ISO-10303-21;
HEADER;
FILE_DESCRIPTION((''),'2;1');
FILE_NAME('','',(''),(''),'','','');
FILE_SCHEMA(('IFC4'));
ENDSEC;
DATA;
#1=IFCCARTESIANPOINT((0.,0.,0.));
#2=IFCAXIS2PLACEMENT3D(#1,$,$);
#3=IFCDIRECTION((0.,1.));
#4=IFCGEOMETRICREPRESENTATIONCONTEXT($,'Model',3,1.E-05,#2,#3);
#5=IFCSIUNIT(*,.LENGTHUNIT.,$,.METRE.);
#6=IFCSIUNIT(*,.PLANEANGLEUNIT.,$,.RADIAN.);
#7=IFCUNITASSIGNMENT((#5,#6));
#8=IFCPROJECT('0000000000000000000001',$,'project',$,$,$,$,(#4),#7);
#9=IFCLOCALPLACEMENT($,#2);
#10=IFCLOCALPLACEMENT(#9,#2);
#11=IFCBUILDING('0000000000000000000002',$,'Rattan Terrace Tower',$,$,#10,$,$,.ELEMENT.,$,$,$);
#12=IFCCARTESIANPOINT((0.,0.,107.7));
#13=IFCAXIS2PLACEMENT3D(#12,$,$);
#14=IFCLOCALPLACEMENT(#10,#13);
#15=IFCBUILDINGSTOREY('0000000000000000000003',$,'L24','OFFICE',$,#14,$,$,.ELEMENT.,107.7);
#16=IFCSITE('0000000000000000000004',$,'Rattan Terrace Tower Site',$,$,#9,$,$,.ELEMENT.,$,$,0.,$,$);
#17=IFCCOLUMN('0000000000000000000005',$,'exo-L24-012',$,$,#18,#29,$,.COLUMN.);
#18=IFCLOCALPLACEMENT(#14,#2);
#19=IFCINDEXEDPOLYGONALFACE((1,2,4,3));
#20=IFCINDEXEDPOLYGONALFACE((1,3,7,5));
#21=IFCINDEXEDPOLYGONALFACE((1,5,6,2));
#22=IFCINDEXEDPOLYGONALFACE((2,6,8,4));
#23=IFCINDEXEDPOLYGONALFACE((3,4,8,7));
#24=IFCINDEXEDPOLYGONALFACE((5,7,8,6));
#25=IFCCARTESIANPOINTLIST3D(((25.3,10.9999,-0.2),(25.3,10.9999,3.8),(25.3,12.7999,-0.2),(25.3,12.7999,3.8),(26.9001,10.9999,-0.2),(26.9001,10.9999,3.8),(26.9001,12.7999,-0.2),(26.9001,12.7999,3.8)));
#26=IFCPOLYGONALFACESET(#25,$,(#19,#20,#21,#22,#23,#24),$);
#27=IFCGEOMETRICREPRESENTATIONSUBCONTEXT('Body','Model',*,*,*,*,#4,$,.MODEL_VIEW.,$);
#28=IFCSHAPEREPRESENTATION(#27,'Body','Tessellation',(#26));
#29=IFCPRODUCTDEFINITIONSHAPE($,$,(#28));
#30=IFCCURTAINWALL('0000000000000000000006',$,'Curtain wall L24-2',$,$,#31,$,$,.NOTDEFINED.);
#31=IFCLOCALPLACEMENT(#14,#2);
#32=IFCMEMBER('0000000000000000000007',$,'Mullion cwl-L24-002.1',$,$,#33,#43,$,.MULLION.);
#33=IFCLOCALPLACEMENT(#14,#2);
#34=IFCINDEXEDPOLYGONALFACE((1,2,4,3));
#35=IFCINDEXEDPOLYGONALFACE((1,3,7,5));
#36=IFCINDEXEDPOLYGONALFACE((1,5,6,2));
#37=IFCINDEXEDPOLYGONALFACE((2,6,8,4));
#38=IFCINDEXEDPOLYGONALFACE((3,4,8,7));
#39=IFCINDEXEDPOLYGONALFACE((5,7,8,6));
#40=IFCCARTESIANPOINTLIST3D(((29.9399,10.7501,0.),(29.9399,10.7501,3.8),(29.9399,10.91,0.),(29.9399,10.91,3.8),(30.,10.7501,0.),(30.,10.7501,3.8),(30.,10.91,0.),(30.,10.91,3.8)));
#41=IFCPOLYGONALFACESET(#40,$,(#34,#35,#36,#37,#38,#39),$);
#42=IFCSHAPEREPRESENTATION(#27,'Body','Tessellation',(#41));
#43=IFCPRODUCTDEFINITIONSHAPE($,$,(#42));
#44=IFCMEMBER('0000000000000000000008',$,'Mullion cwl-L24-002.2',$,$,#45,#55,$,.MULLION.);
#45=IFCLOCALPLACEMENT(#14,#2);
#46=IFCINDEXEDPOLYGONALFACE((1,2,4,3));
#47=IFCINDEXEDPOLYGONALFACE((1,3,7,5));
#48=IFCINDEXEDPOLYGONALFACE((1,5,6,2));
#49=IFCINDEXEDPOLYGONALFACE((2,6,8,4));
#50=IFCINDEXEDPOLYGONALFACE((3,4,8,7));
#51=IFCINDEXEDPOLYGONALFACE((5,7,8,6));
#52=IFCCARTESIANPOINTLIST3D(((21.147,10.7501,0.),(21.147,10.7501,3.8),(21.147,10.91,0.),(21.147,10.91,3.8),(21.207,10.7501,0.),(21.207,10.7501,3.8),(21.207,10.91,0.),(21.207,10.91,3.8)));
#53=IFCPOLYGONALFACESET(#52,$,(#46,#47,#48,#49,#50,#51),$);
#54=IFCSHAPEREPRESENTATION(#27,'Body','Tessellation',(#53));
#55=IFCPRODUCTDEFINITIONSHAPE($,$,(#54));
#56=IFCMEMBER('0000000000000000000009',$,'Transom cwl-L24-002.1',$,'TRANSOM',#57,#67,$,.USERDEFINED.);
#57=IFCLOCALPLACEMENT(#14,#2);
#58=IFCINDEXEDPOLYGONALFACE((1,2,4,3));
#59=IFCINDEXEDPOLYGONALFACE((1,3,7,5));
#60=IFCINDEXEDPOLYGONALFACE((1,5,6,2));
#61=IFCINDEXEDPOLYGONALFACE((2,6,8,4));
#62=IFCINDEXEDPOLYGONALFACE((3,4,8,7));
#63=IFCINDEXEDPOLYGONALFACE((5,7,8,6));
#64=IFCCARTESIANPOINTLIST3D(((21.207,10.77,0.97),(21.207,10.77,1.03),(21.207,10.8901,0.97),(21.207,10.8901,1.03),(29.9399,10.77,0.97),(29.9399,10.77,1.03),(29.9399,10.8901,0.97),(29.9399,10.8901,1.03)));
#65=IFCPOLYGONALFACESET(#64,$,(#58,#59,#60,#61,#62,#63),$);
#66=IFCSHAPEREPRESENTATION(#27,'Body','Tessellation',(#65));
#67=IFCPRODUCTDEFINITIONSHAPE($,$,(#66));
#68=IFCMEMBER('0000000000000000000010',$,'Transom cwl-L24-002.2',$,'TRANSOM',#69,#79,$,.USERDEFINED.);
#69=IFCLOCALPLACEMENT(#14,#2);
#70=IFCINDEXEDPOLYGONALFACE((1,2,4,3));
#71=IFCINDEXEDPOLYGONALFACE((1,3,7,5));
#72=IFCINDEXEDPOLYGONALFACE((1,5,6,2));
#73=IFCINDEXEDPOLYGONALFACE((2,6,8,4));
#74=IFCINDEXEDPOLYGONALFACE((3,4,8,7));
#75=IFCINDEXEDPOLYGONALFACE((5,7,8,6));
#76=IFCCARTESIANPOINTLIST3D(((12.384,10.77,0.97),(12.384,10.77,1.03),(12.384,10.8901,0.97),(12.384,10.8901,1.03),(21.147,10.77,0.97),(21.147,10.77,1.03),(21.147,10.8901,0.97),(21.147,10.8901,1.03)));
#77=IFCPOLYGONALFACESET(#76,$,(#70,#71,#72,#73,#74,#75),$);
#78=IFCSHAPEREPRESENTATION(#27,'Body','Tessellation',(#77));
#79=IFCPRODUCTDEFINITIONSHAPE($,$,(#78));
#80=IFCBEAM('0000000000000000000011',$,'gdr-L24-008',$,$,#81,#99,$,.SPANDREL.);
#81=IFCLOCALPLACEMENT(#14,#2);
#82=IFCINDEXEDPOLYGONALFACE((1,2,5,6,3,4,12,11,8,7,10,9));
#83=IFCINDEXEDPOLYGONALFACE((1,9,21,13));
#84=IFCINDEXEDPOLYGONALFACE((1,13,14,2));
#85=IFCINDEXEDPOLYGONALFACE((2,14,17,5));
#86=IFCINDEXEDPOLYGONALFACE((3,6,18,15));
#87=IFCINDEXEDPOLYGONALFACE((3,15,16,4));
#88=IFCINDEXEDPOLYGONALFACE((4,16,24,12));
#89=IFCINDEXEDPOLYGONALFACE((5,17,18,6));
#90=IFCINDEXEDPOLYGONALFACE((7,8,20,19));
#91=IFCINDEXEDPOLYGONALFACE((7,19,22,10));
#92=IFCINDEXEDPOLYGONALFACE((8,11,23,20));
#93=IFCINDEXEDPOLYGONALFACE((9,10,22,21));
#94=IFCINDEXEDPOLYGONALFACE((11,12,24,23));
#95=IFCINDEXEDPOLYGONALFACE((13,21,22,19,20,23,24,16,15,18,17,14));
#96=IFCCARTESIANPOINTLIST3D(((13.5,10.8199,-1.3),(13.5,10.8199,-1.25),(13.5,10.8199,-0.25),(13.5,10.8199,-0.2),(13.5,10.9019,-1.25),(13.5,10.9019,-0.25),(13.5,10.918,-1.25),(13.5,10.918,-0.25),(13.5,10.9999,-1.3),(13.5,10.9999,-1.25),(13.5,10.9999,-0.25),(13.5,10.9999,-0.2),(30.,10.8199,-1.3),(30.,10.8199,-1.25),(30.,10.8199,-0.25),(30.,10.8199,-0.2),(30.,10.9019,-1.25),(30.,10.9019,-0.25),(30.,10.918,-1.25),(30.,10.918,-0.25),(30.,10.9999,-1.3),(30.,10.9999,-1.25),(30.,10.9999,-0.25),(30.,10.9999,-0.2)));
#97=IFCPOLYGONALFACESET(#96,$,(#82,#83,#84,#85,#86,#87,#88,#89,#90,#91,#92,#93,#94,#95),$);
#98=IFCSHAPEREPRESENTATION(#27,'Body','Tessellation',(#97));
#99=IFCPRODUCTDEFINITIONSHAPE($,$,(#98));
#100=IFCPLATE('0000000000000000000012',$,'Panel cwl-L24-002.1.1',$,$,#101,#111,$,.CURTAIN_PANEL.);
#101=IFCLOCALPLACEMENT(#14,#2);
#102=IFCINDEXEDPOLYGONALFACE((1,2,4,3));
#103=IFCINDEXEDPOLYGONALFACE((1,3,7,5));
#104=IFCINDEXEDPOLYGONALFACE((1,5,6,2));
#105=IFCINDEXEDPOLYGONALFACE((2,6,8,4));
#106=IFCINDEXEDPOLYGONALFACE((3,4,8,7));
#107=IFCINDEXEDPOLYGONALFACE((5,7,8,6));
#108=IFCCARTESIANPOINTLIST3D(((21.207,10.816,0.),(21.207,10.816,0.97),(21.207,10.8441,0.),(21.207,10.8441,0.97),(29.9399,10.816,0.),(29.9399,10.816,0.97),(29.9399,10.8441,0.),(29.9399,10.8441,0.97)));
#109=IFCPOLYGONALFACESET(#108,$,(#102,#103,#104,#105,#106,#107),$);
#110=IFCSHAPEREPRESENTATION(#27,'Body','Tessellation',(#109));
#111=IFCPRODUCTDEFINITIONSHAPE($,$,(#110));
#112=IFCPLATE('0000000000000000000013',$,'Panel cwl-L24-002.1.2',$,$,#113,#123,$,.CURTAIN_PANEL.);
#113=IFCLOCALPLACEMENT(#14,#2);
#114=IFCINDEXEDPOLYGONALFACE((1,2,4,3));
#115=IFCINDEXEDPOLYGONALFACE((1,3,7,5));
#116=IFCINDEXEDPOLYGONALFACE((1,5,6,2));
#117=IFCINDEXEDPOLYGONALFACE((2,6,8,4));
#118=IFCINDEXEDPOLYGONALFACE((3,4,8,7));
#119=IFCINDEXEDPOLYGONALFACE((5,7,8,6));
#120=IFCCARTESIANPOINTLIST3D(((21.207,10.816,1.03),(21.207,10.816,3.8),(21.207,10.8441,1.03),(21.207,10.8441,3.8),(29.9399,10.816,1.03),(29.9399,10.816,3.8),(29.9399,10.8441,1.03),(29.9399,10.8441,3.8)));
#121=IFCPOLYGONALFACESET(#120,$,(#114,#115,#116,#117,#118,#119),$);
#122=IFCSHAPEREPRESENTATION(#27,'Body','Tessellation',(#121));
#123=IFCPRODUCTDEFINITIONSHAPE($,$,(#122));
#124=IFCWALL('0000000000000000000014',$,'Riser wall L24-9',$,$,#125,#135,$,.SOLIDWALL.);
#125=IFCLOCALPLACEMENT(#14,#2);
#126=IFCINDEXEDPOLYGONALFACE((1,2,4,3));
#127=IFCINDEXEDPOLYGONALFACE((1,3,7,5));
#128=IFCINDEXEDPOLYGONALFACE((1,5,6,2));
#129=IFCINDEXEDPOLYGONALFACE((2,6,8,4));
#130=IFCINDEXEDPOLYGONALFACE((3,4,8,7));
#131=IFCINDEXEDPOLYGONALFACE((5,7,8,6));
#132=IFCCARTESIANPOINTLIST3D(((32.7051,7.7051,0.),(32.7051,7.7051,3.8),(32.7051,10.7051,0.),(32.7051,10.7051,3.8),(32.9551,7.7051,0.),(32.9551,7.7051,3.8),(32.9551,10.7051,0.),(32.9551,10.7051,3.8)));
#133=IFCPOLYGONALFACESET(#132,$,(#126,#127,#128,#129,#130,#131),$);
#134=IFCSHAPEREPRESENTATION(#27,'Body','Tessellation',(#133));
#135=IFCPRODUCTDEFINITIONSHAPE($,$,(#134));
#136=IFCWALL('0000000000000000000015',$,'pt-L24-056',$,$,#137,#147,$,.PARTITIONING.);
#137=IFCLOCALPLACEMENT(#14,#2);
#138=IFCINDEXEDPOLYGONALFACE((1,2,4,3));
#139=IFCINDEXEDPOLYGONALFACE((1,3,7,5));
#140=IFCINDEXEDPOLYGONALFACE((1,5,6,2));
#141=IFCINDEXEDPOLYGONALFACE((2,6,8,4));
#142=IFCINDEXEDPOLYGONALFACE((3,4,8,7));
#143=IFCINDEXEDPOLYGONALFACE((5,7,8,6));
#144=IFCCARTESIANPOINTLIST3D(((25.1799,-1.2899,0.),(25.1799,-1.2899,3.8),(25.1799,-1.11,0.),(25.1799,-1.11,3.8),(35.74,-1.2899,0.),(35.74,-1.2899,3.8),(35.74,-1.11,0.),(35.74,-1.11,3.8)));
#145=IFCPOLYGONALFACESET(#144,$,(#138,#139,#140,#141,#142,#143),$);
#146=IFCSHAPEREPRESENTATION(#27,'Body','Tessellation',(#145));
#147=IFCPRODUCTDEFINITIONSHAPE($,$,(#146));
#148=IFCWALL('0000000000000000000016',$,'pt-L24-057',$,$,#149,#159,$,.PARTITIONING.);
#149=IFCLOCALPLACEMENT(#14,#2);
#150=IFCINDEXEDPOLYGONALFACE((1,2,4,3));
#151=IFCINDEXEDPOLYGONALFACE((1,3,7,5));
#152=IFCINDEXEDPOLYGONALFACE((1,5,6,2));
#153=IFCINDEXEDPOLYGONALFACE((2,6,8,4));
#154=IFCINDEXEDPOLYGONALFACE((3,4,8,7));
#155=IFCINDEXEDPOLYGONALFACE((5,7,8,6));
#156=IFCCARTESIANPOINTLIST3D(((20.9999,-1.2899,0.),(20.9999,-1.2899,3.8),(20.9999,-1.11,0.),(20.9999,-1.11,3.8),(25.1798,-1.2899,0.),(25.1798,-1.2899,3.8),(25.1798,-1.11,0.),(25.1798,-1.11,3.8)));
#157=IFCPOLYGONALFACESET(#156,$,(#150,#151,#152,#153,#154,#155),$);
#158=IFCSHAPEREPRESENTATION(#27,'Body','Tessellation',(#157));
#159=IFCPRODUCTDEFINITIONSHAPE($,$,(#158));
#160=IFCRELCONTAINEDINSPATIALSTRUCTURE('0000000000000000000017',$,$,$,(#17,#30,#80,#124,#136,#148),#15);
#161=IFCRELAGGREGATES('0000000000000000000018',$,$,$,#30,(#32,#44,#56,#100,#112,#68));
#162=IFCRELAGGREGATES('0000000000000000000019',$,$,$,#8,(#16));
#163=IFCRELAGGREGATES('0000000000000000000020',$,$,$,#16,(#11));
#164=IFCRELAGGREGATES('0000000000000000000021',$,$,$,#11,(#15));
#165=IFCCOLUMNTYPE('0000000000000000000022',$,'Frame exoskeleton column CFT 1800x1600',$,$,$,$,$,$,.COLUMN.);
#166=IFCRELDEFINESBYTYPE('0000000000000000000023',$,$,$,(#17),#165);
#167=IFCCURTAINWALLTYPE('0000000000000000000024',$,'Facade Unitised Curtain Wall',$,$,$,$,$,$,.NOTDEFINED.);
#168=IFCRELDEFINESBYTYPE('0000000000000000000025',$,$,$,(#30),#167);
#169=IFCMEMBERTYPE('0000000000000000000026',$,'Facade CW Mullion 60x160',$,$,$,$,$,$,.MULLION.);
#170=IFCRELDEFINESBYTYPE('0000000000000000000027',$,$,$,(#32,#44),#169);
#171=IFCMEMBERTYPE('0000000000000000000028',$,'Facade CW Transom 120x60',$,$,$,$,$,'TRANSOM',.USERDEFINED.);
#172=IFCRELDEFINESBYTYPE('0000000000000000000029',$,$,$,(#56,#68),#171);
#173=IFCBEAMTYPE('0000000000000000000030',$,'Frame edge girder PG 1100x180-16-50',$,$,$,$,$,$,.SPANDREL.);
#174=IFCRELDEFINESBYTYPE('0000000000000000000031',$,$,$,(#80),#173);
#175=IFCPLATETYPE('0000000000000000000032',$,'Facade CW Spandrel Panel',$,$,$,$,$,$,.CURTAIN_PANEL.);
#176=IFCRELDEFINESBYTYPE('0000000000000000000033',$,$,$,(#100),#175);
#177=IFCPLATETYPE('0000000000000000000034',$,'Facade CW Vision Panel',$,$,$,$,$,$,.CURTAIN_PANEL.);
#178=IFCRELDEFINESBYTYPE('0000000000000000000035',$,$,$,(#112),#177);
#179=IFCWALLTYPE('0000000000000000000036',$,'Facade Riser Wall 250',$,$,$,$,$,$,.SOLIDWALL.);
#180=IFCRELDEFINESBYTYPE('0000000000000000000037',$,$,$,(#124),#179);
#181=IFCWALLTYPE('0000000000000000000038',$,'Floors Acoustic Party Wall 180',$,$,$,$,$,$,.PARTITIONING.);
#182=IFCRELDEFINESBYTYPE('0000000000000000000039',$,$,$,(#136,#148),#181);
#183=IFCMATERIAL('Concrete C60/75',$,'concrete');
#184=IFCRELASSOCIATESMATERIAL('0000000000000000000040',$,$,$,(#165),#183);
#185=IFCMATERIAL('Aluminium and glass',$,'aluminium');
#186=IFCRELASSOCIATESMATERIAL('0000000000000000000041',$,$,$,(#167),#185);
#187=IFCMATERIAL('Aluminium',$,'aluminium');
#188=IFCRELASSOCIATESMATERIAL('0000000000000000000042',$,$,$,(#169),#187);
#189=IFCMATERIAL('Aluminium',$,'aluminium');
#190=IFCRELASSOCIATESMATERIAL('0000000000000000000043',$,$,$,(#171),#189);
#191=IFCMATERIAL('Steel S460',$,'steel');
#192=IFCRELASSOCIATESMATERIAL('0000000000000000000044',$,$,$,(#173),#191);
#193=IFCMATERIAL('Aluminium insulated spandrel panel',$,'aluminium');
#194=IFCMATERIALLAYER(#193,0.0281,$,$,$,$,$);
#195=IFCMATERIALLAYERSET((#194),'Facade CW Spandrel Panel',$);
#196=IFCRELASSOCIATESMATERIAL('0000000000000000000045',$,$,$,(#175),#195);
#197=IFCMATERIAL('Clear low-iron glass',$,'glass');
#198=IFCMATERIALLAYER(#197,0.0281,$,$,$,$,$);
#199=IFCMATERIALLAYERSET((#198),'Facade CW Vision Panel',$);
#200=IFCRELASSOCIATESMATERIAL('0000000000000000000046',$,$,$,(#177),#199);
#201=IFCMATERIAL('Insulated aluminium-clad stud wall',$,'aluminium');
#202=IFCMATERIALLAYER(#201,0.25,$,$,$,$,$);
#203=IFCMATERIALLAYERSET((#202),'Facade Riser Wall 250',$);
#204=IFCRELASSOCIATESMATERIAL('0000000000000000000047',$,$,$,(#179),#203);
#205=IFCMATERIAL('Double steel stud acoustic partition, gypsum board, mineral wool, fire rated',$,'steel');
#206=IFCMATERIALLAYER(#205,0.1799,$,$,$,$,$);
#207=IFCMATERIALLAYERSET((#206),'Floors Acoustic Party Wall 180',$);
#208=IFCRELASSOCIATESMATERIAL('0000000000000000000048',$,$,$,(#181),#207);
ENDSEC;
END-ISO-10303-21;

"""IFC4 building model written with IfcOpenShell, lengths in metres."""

from ifc_helpers import new_model, si_unit, direction, frame, frame_2d, origin, origin_2d, place, context, subcontext, project, spatial, rectangle, i_section, extrude, material, layer, layer_set, material_profile, profile_set, type_object, element, aggregate, save


model = new_model("IFC4")

# Units and contexts
model_context = context("Model", 3, precision=1e-05, world=origin(), true_north=direction((0.0, 1.0)))
body_context = subcontext(model_context, "Body", "Model", "MODEL_VIEW")
ifc_project = project(units=[si_unit("LENGTHUNIT", "METRE"), si_unit("PLANEANGLEUNIT", "RADIAN")], contexts=[model_context])

# Site, building, storey
site_placement = place(None, origin())
site = spatial("IfcSite", under=ifc_project, at=site_placement, Name="Rattan Terrace Tower Site", CompositionType="ELEMENT", RefElevation=0.0)
building_placement = place(site_placement, origin())
building = spatial("IfcBuilding", under=site, at=building_placement, Name="Rattan Terrace Tower", CompositionType="ELEMENT")
storey_placement = place(building_placement, frame((0.0, 0.0, 107.7)))
storey = spatial("IfcBuildingStorey", under=building, at=storey_placement, Name="L24", Description="OFFICE", CompositionType="ELEMENT", Elevation=107.7)

# Column
ifc_material_1 = material(Name="Concrete C60/75", Category="concrete")
ifc_material_profile_1 = material_profile(ifc_material_1, rectangle(XDim=1.6001, YDim=1.8, at=origin_2d()), Name="CFT 1800x1600")
ifc_profile_set_1 = profile_set([ifc_material_profile_1], Name="Concrete C60/75")
column_type = type_object("IfcColumnType", Name="Frame exoskeleton column CFT 1800x1600", PredefinedType="COLUMN", material=ifc_profile_set_1)
column_placement = place(storey_placement, frame((26.1001, 11.8999, -0.2), z_axis=(0.0, 0.0, 1.0), x_axis=(1.0, 0.0, 0.0)))
element("IfcColumn", 1, at=column_placement, inside=storey, type_object=column_type, Name="exo-L24-012", PredefinedType="COLUMN", context=body_context, shape_type="SweptSolid", body=[
    extrude(rectangle(XDim=1.6001, YDim=1.8, at=origin_2d()), origin(), (0.0, 0.0, 1.0), 4.0),
])

# Curtain wall, members
ifc_material_2 = material(Name="Aluminium and glass", Category="aluminium")
curtain_wall_type = type_object("IfcCurtainWallType", Name="Facade Unitised Curtain Wall", PredefinedType="NOTDEFINED", material=ifc_material_2)
curtain_wall_placement = place(storey_placement, origin())
curtain_wall = element("IfcCurtainWall", 2, at=curtain_wall_placement, inside=storey, type_object=curtain_wall_type, Name="Curtain wall L24-2", PredefinedType="NOTDEFINED")
ifc_material_3 = material(Name="Aluminium", Category="aluminium")
ifc_material_profile_2 = material_profile(ifc_material_3, rectangle(XDim=0.0601, YDim=0.1599, at=origin_2d()), Name="Aluminium 60x160")
ifc_profile_set_2 = profile_set([ifc_material_profile_2], Name="Aluminium")
member_type_1 = type_object("IfcMemberType", Name="Facade CW Mullion 60x160", PredefinedType="MULLION", material=ifc_profile_set_2)
member_1_placement = place(storey_placement, frame((29.97, 10.8301, 0.0), z_axis=(0.0, 0.0, 1.0), x_axis=(-1.0, 0.0, 0.0)))
member_1 = element("IfcMember", 3, at=member_1_placement, type_object=member_type_1, Name="Mullion cwl-L24-002.1", PredefinedType="MULLION", context=body_context, shape_type="SweptSolid", body=[
    extrude(rectangle(XDim=0.0601, YDim=0.1599, at=origin_2d()), origin(), (0.0, 0.0, 1.0), 3.8),
])
member_2_placement = place(storey_placement, frame((21.177, 10.8301, 0.0), z_axis=(0.0, 0.0, 1.0), x_axis=(-1.0, 0.0, 0.0)))
member_2 = element("IfcMember", 4, at=member_2_placement, type_object=member_type_1, Name="Mullion cwl-L24-002.2", PredefinedType="MULLION", context=body_context, shape_type="SweptSolid", body=[
    extrude(rectangle(XDim=0.0601, YDim=0.1599, at=origin_2d()), origin(), (0.0, 0.0, 1.0), 3.8),
])
ifc_material_4 = material(Name="Aluminium", Category="aluminium")
ifc_material_profile_3 = material_profile(ifc_material_4, rectangle(XDim=0.1201, YDim=0.0601, at=origin_2d()), Name="Aluminium 120x60")
ifc_profile_set_3 = profile_set([ifc_material_profile_3], Name="Aluminium")
member_type_2 = type_object("IfcMemberType", Name="Facade CW Transom 120x60", ElementType="TRANSOM", PredefinedType="USERDEFINED", material=ifc_profile_set_3)
member_3_placement = place(storey_placement, frame((29.9399, 10.8301, 1.0), z_axis=(-1.0, 0.0, 0.0), x_axis=(0.0, -1.0, 0.0)))
member_3 = element("IfcMember", 5, at=member_3_placement, type_object=member_type_2, Name="Transom cwl-L24-002.1", ObjectType="TRANSOM", PredefinedType="USERDEFINED", context=body_context, shape_type="SweptSolid", body=[
    extrude(rectangle(XDim=0.1201, YDim=0.0601, at=origin_2d()), origin(), (0.0, 0.0, 1.0), 8.7329),
])
member_4_placement = place(storey_placement, frame((21.147, 10.8301, 1.0), z_axis=(-1.0, 0.0, 0.0), x_axis=(0.0, -1.0, 0.0)))
member_4 = element("IfcMember", 6, at=member_4_placement, type_object=member_type_2, Name="Transom cwl-L24-002.2", ObjectType="TRANSOM", PredefinedType="USERDEFINED", context=body_context, shape_type="SweptSolid", body=[
    extrude(rectangle(XDim=0.1201, YDim=0.0601, at=origin_2d()), origin(), (0.0, 0.0, 1.0), 8.7629),
])

# Beam
ifc_material_5 = material(Name="Steel S460", Category="steel")
ifc_material_profile_4 = material_profile(ifc_material_5, i_section(OverallWidth=0.1799, OverallDepth=1.1001, WebThickness=0.0161, FlangeThickness=0.05, at=origin_2d()), Name="PG 1100x180-16-50")
ifc_profile_set_4 = profile_set([ifc_material_profile_4], Name="Steel S460")
beam_type = type_object("IfcBeamType", Name="Frame edge girder PG 1100x180-16-50", PredefinedType="SPANDREL", material=ifc_profile_set_4)
beam_placement = place(storey_placement, frame((30.0, 10.9099, -0.75), z_axis=(-1.0, 0.0, 0.0), x_axis=(0.0, -1.0, 0.0)))
element("IfcBeam", 7, at=beam_placement, inside=storey, type_object=beam_type, Name="gdr-L24-008", PredefinedType="SPANDREL", context=body_context, shape_type="SweptSolid", body=[
    extrude(i_section(OverallWidth=0.1799, OverallDepth=1.1001, WebThickness=0.0161, FlangeThickness=0.05, at=origin_2d()), origin(), (0.0, 0.0, 1.0), 16.5),
])

# Plates
ifc_material_6 = material(Name="Aluminium insulated spandrel panel", Category="aluminium")
ifc_layer_1 = layer(ifc_material_6, 0.0281)
ifc_layer_set_1 = layer_set([ifc_layer_1], Name="Facade CW Spandrel Panel")
plate_type_1 = type_object("IfcPlateType", Name="Facade CW Spandrel Panel", PredefinedType="CURTAIN_PANEL", material=ifc_layer_set_1)
plate_1_placement = place(storey_placement, frame((25.5735, 10.8301, 0.0), z_axis=(0.0, 0.0, 1.0), x_axis=(-1.0, 0.0, 0.0)))
plate_1 = element("IfcPlate", 8, at=plate_1_placement, type_object=plate_type_1, Name="Panel cwl-L24-002.1.1", PredefinedType="CURTAIN_PANEL", context=body_context, shape_type="SweptSolid", body=[
    extrude(rectangle(XDim=8.7329, YDim=0.0281, at=origin_2d()), origin(), (0.0, 0.0, 1.0), 0.97),
])
ifc_material_7 = material(Name="Clear low-iron glass", Category="glass")
ifc_layer_2 = layer(ifc_material_7, 0.0281)
ifc_layer_set_2 = layer_set([ifc_layer_2], Name="Facade CW Vision Panel")
plate_type_2 = type_object("IfcPlateType", Name="Facade CW Vision Panel", PredefinedType="CURTAIN_PANEL", material=ifc_layer_set_2)
plate_2_placement = place(storey_placement, frame((25.5735, 10.8301, 1.03), z_axis=(0.0, 0.0, 1.0), x_axis=(-1.0, 0.0, 0.0)))
plate_2 = element("IfcPlate", 9, at=plate_2_placement, type_object=plate_type_2, Name="Panel cwl-L24-002.1.2", PredefinedType="CURTAIN_PANEL", context=body_context, shape_type="SweptSolid", body=[
    extrude(rectangle(XDim=8.7329, YDim=0.0281, at=origin_2d()), origin(), (0.0, 0.0, 1.0), 2.77),
])
aggregate(curtain_wall, [member_1, member_2, member_3, plate_1, plate_2, member_4])

# Walls
ifc_material_8 = material(Name="Insulated aluminium-clad stud wall", Category="aluminium")
ifc_layer_3 = layer(ifc_material_8, 0.25)
ifc_layer_set_3 = layer_set([ifc_layer_3], Name="Facade Riser Wall 250")
wall_type_1 = type_object("IfcWallType", Name="Facade Riser Wall 250", PredefinedType="SOLIDWALL", material=ifc_layer_set_3)
wall_1_placement = place(storey_placement, frame((32.8301, 7.7051, 0.0), z_axis=(0.0, 0.0, 1.0), x_axis=(0.0, 1.0, 0.0)))
element("IfcWall", 10, at=wall_1_placement, inside=storey, type_object=wall_type_1, Name="Riser wall L24-9", PredefinedType="SOLIDWALL", context=body_context, shape_type="SweptSolid", body=[
    extrude(rectangle(XDim=3.0, YDim=0.25, at=frame_2d((1.5, 0.0))), origin(), (0.0, 0.0, 1.0), 3.8),
])
ifc_material_9 = material(Name="Double steel stud acoustic partition, gypsum board, mineral wool, fire rated", Category="steel")
ifc_layer_4 = layer(ifc_material_9, 0.1799)
ifc_layer_set_4 = layer_set([ifc_layer_4], Name="Floors Acoustic Party Wall 180")
wall_type_2 = type_object("IfcWallType", Name="Floors Acoustic Party Wall 180", PredefinedType="PARTITIONING", material=ifc_layer_set_4)
wall_2_placement = place(storey_placement, frame((25.1799, -1.2, 0.0), z_axis=(0.0, 0.0, 1.0), x_axis=(1.0, 0.0, 0.0)))
element("IfcWall", 11, at=wall_2_placement, inside=storey, type_object=wall_type_2, Name="pt-L24-056", PredefinedType="PARTITIONING", context=body_context, shape_type="SweptSolid", body=[
    extrude(rectangle(XDim=10.5601, YDim=0.1799, at=frame_2d((5.28, 0.0))), origin(), (0.0, 0.0, 1.0), 3.8),
])
wall_3_placement = place(storey_placement, frame((21.0, -1.2, 0.0), z_axis=(0.0, 0.0, 1.0), x_axis=(1.0, 0.0, 0.0)))
element("IfcWall", 12, at=wall_3_placement, inside=storey, type_object=wall_type_2, Name="pt-L24-057", PredefinedType="PARTITIONING", context=body_context, shape_type="SweptSolid", body=[
    extrude(rectangle(XDim=4.1799, YDim=0.1799, at=frame_2d((2.0898, 0.0))), origin(), (0.0, 0.0, 1.0), 3.8),
])

save(model, "model.ifc")
